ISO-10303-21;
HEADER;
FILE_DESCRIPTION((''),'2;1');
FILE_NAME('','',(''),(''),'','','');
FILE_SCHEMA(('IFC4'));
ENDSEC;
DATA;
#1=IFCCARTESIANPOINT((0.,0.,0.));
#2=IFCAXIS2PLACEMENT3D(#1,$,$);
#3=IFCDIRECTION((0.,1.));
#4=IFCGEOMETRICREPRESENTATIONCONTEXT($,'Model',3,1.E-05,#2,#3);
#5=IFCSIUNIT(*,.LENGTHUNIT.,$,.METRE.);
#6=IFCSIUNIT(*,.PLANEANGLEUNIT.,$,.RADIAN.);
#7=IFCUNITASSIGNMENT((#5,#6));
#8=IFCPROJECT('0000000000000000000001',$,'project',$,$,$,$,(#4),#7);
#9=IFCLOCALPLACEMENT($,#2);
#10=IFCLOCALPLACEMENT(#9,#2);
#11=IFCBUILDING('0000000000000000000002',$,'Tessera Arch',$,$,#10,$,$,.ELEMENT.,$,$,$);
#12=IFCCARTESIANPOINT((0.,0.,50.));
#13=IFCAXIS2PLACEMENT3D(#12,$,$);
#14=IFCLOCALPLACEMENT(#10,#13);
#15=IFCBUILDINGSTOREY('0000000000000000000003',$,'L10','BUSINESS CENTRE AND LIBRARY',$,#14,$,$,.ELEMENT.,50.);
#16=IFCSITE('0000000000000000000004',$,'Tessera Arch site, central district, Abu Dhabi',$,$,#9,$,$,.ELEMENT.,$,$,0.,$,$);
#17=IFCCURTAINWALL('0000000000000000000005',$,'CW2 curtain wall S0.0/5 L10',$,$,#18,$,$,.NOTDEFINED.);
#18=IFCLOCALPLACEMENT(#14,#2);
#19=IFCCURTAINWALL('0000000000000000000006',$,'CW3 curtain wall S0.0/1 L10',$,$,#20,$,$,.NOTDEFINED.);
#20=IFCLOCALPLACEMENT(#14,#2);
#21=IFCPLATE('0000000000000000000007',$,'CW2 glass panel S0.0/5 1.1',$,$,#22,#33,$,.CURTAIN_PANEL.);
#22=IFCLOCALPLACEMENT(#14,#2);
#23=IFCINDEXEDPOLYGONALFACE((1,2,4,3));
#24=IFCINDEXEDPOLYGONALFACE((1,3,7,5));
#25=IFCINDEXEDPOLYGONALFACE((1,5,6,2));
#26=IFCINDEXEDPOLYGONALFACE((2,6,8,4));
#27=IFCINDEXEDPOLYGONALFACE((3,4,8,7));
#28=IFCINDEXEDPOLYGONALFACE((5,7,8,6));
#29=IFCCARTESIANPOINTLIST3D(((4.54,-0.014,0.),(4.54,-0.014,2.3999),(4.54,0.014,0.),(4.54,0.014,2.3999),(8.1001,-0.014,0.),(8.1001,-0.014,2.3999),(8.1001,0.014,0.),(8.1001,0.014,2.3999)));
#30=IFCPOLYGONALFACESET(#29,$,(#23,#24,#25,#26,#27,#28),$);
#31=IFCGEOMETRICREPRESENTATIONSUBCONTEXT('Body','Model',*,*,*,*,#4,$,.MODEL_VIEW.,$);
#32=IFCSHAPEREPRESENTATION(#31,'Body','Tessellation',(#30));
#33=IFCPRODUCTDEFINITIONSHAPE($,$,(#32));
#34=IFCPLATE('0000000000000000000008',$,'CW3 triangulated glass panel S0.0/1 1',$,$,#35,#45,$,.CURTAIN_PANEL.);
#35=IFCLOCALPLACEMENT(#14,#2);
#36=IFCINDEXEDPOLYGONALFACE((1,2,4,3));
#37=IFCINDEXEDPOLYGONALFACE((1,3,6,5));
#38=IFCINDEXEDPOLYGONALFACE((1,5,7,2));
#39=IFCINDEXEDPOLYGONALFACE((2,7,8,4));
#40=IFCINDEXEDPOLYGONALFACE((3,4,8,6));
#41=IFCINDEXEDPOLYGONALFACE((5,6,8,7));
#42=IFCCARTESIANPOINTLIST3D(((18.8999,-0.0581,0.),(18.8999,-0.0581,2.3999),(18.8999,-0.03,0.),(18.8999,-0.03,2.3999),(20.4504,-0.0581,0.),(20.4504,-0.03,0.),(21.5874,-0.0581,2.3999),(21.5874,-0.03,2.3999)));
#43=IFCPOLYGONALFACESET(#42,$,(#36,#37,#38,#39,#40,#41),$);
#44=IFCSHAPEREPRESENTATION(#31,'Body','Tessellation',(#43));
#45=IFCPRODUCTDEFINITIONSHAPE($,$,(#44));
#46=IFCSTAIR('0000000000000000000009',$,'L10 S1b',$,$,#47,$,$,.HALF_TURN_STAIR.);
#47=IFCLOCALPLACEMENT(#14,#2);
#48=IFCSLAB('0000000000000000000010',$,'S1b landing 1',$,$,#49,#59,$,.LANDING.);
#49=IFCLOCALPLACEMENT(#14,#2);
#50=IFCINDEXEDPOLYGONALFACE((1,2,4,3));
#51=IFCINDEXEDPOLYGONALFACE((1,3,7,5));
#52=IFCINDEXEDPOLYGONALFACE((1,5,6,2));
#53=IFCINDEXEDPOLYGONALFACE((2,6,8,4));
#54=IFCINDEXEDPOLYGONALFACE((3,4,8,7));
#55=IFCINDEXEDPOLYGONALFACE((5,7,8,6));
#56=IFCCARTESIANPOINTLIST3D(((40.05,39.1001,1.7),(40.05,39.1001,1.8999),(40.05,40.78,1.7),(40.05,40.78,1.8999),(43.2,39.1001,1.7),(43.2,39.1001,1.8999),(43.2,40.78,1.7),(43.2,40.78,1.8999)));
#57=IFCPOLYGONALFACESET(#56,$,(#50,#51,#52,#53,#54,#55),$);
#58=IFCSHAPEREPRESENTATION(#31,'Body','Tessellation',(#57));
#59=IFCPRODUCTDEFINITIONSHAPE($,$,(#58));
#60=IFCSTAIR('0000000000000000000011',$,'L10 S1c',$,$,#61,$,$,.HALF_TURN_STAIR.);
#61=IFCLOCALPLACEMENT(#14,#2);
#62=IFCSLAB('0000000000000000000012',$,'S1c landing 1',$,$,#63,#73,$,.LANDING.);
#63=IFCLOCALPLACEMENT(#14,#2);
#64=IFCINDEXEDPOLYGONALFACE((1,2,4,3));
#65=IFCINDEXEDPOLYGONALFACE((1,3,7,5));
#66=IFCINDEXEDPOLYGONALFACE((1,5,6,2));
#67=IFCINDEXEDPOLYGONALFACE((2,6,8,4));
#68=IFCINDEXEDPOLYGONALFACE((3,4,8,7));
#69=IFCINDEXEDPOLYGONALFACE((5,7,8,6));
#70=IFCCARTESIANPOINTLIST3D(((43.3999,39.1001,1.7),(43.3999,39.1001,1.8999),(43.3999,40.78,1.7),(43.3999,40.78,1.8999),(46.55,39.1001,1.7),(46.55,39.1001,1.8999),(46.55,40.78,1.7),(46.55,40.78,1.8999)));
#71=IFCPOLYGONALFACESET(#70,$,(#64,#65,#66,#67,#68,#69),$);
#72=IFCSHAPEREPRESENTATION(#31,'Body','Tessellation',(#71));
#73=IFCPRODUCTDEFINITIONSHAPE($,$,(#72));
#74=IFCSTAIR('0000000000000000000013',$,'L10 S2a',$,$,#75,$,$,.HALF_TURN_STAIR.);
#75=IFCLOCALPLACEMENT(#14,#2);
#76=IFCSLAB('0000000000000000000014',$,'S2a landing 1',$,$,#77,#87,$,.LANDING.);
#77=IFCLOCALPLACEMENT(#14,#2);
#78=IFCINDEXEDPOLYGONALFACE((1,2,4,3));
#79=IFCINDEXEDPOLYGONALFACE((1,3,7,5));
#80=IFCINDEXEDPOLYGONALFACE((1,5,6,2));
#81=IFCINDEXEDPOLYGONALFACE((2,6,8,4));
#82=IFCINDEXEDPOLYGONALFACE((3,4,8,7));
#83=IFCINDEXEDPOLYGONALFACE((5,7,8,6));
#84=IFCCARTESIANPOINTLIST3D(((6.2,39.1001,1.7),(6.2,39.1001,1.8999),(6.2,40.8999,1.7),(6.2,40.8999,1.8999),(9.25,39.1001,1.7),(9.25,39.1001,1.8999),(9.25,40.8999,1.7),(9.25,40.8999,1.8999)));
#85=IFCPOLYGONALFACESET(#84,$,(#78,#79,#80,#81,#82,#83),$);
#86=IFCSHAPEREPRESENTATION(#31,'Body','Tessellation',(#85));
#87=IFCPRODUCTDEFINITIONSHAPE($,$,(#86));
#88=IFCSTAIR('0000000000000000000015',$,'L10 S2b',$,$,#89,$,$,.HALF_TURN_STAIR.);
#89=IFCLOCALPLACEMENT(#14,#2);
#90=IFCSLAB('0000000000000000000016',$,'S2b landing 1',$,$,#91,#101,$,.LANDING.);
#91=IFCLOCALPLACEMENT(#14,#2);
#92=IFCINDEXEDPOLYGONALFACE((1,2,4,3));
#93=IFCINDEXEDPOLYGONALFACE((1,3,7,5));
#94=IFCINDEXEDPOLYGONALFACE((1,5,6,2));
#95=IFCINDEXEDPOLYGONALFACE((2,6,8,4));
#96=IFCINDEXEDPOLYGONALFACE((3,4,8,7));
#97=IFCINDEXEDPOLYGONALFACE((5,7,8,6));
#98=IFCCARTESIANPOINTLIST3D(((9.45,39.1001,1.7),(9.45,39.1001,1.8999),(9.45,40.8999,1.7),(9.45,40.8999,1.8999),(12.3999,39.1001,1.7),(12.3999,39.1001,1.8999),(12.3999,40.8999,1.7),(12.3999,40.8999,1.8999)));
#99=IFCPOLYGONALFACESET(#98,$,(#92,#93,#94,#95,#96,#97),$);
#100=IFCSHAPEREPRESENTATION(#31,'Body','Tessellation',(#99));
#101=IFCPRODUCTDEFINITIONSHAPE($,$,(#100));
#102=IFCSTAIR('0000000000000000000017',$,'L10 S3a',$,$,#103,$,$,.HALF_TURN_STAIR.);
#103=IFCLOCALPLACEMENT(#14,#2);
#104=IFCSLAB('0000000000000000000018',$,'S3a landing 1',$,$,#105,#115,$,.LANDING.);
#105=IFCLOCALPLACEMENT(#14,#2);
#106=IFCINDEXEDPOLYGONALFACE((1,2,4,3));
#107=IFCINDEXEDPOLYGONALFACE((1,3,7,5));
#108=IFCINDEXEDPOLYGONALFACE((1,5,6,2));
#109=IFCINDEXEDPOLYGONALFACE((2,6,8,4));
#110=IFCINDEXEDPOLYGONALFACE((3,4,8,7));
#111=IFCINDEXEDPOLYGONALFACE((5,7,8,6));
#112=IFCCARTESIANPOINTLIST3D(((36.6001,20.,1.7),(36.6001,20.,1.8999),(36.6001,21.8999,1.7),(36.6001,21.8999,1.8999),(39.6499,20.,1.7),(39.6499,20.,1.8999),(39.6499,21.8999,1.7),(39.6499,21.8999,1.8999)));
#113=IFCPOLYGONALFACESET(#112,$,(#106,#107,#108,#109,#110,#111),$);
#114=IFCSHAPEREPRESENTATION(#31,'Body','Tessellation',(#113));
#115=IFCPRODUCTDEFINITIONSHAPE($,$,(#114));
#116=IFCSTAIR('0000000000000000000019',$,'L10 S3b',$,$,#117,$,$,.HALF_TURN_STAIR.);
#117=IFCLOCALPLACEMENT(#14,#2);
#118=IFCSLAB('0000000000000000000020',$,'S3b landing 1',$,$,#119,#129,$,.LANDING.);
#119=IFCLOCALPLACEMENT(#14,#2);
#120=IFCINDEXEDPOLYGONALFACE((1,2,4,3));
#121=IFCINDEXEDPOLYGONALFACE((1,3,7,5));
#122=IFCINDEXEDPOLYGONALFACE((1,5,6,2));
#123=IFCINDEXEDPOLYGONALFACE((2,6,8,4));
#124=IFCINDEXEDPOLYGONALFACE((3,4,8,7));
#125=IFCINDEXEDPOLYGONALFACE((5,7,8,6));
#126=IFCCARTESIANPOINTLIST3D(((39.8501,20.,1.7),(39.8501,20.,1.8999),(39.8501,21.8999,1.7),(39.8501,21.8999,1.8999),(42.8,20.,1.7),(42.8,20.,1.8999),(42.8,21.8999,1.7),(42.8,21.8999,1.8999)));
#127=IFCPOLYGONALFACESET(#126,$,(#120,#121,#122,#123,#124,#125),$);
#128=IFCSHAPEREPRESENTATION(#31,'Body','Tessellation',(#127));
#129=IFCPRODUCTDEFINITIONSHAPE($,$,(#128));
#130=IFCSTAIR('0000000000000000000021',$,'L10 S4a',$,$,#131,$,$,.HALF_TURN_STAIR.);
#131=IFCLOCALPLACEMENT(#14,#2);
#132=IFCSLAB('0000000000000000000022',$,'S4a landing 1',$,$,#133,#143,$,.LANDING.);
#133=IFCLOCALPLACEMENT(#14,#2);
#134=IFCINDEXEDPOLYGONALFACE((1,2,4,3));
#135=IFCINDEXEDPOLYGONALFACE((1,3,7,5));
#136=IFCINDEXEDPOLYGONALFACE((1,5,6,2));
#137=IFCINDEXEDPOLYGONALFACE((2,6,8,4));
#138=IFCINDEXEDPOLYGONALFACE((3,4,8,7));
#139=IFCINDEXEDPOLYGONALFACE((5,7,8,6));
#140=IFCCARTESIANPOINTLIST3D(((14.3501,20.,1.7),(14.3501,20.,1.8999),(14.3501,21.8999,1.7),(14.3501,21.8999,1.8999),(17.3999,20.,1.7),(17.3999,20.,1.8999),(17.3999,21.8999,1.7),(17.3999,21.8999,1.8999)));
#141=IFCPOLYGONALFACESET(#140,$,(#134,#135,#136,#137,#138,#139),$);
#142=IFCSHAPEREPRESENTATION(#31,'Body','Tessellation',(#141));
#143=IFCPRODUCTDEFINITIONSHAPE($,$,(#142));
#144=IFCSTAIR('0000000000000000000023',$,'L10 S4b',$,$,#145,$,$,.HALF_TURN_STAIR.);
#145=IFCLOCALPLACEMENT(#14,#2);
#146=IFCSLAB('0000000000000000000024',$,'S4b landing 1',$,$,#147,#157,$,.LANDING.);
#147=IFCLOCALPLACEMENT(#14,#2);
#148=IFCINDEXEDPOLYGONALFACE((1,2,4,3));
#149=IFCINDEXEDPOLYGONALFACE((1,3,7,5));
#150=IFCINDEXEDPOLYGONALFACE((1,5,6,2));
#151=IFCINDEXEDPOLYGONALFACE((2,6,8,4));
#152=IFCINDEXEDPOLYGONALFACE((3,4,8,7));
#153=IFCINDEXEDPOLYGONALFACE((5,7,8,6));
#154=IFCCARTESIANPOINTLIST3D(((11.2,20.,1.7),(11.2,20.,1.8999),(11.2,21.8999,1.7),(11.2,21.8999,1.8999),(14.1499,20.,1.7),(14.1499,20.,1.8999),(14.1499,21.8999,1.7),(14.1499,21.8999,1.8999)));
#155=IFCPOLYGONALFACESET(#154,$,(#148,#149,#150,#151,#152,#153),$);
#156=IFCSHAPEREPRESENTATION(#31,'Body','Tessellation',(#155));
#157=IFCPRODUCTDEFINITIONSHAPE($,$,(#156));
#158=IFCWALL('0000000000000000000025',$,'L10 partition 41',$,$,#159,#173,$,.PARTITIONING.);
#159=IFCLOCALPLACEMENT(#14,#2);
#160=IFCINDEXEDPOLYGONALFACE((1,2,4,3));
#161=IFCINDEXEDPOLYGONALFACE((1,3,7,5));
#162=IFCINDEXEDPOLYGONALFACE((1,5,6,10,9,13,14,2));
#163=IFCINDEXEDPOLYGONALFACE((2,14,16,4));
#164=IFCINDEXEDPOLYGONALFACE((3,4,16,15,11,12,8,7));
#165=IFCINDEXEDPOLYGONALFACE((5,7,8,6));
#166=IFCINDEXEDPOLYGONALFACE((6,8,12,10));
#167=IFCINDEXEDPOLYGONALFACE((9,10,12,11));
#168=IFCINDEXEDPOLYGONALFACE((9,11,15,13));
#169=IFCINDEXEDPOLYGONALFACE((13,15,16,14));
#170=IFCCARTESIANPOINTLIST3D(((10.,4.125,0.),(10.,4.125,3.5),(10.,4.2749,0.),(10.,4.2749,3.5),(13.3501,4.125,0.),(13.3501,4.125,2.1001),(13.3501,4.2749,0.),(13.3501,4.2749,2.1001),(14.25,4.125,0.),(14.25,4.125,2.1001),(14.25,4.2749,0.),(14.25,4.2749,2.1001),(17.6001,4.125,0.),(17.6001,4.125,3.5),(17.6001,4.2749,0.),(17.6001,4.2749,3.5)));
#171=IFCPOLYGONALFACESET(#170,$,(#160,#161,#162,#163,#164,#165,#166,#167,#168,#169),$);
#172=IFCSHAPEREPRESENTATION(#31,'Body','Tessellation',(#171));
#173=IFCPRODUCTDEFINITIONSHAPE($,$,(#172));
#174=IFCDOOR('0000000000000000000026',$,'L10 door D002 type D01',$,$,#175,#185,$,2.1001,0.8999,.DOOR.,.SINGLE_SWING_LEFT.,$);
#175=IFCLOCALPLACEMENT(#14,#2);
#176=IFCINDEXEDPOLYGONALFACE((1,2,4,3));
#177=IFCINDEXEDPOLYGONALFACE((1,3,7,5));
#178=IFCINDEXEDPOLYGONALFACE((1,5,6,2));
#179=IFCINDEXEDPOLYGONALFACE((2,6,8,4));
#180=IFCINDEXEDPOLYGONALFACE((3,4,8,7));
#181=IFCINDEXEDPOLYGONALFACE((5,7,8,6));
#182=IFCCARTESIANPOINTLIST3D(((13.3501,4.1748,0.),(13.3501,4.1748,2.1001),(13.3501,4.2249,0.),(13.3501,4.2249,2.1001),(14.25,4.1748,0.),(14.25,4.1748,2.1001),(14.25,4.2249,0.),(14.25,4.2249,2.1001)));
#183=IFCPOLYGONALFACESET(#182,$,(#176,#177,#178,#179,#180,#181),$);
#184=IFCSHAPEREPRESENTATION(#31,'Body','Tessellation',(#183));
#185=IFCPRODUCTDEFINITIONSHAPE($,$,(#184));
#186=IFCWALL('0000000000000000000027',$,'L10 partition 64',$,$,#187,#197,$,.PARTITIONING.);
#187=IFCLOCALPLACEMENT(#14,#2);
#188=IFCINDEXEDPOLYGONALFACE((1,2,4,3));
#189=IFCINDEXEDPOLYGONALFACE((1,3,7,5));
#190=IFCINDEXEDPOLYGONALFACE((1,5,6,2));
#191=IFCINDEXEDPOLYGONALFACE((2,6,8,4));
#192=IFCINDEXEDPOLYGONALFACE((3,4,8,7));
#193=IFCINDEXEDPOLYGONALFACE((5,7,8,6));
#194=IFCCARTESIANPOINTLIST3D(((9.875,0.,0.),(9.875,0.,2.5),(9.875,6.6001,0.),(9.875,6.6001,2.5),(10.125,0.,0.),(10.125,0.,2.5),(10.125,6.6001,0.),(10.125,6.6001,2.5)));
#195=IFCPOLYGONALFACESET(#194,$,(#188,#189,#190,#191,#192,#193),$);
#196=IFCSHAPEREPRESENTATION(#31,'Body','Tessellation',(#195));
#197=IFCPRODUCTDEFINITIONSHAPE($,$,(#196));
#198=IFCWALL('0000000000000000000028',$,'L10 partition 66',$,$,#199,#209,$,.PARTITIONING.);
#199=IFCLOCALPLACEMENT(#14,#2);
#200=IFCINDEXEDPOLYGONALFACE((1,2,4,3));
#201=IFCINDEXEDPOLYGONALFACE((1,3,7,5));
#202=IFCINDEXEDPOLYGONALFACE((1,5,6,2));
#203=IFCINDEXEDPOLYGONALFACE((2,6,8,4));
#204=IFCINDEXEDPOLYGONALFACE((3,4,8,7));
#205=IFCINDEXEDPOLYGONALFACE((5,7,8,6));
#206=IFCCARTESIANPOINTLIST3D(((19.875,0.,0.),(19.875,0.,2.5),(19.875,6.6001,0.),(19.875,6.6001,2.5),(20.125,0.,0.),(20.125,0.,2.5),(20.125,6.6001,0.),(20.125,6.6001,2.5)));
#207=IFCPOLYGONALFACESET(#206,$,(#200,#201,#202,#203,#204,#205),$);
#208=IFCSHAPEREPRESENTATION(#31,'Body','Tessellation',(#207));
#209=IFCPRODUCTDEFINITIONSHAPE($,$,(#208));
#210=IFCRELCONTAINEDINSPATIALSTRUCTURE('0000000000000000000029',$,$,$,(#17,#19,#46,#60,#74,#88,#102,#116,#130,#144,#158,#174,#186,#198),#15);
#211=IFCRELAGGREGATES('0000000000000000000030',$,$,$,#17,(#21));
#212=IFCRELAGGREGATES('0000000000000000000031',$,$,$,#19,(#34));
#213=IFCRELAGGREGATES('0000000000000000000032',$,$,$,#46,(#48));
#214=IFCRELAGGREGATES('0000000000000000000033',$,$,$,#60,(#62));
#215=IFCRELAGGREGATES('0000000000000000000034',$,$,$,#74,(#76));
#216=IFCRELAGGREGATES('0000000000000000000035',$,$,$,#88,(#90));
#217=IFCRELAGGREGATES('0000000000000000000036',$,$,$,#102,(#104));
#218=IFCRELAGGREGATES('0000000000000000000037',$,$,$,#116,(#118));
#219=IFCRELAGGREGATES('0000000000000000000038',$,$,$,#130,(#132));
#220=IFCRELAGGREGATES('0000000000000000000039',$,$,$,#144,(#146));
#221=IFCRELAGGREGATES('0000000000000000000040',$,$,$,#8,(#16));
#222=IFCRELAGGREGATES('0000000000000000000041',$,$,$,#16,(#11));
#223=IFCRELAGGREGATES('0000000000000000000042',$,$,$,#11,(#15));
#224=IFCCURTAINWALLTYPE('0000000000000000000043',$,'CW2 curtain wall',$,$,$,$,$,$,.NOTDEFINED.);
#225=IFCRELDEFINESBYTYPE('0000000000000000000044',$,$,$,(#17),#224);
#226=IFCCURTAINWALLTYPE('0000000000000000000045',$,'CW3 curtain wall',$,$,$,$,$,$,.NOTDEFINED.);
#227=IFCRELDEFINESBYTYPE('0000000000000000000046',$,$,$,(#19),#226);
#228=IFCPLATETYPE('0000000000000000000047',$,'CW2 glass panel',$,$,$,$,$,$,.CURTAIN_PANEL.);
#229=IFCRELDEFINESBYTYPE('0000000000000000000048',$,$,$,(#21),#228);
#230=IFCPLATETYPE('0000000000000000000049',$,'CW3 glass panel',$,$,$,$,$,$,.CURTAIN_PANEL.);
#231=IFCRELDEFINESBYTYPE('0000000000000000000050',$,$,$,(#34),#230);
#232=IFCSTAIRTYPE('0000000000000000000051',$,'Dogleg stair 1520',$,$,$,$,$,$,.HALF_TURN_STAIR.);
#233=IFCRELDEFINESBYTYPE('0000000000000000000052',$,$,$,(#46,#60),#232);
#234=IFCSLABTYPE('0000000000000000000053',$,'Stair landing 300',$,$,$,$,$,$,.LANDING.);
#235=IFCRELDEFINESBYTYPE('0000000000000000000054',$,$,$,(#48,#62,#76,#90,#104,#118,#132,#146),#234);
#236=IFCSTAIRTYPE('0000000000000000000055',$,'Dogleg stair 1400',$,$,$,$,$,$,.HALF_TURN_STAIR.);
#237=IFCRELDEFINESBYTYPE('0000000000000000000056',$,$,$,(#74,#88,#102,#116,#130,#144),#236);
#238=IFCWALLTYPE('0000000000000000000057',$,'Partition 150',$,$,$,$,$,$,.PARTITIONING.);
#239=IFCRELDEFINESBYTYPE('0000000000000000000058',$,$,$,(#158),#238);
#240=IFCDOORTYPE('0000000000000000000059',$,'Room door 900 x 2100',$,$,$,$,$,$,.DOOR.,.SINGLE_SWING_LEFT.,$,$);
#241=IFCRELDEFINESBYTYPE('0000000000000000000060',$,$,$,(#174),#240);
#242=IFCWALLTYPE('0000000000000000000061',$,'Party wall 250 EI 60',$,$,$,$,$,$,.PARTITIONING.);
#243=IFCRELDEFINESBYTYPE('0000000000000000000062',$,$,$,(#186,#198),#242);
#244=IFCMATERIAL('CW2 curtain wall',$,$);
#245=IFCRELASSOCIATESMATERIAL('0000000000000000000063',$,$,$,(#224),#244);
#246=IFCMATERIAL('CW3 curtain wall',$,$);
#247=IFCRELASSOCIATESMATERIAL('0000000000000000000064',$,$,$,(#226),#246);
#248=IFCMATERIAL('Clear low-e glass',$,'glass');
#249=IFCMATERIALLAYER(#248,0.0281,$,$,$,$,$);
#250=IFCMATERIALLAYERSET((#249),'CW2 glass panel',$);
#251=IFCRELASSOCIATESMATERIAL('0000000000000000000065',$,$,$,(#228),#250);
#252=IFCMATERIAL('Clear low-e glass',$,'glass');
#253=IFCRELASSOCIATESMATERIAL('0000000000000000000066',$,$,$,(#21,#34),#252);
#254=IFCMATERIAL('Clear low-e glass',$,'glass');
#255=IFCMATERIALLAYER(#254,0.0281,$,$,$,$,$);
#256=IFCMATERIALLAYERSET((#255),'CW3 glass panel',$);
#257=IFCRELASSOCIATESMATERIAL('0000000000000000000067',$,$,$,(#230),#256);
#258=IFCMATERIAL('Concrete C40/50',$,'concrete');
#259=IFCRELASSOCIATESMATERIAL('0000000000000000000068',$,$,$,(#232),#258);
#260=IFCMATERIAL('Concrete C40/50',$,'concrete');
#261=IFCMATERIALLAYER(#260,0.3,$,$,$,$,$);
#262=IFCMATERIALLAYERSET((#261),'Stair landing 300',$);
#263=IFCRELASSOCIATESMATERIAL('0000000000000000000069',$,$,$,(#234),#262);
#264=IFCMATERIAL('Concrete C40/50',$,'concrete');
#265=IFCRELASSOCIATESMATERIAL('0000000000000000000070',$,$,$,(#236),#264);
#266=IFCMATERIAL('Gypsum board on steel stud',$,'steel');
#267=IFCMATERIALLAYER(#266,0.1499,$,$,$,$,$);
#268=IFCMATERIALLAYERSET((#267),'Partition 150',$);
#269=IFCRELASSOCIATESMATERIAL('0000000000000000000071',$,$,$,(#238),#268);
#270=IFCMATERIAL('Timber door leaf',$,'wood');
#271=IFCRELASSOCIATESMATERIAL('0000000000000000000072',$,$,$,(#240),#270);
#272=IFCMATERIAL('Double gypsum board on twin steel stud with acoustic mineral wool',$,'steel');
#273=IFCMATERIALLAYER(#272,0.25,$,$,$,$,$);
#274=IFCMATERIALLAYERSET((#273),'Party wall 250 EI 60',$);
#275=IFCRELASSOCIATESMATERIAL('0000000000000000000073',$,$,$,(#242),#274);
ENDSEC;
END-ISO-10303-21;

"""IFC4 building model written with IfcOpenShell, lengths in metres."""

from ifc_helpers import new_model, si_unit, direction, frame, frame_2d, origin, origin_2d, place, context, subcontext, project, spatial, polyline, rectangle, outline, extrude, material, layer, layer_set, type_object, element, fill, aggregate, save


model = new_model("IFC4")

# Units and contexts
model_context = context("Model", 3, precision=1e-05, world=origin(), true_north=direction((0.0, 1.0)))
body_context = subcontext(model_context, "Body", "Model", "MODEL_VIEW")
ifc_project = project(units=[si_unit("LENGTHUNIT", "METRE"), si_unit("PLANEANGLEUNIT", "RADIAN")], contexts=[model_context])

# Site, building, storey
site_placement = place(None, origin())
site = spatial("IfcSite", under=ifc_project, at=site_placement, Name="Tessera Arch site, central district, Abu Dhabi", CompositionType="ELEMENT", RefElevation=0.0)
building_placement = place(site_placement, origin())
building = spatial("IfcBuilding", under=site, at=building_placement, Name="Tessera Arch", CompositionType="ELEMENT")
storey_placement = place(building_placement, frame((0.0, 0.0, 50.0)))
storey = spatial("IfcBuildingStorey", under=building, at=storey_placement, Name="L10", Description="BUSINESS CENTRE AND LIBRARY", CompositionType="ELEMENT", Elevation=50.0)

# Curtain walls
ifc_material_1 = material(Name="CW2 curtain wall")
curtain_wall_type_1 = type_object("IfcCurtainWallType", Name="CW2 curtain wall", PredefinedType="NOTDEFINED", material=ifc_material_1)
curtain_wall_1_placement = place(storey_placement, origin())
curtain_wall_1 = element("IfcCurtainWall", 1, at=curtain_wall_1_placement, inside=storey, type_object=curtain_wall_type_1, Name="CW2 curtain wall S0.0/5 L10", PredefinedType="NOTDEFINED")
ifc_material_2 = material(Name="CW3 curtain wall")
curtain_wall_type_2 = type_object("IfcCurtainWallType", Name="CW3 curtain wall", PredefinedType="NOTDEFINED", material=ifc_material_2)
curtain_wall_2_placement = place(storey_placement, origin())
curtain_wall_2 = element("IfcCurtainWall", 2, at=curtain_wall_2_placement, inside=storey, type_object=curtain_wall_type_2, Name="CW3 curtain wall S0.0/1 L10", PredefinedType="NOTDEFINED")

# Plates
ifc_material_3 = material(Name="Clear low-e glass", Category="glass")
ifc_material_4 = material(Name="Clear low-e glass", Category="glass")
ifc_layer_1 = layer(ifc_material_4, 0.0281)
ifc_layer_set_1 = layer_set([ifc_layer_1], Name="CW2 glass panel")
plate_type_1 = type_object("IfcPlateType", Name="CW2 glass panel", PredefinedType="CURTAIN_PANEL", material=ifc_layer_set_1)
plate_1_placement = place(storey_placement, frame((6.3201, 0.0, 0.0), z_axis=(0.0, 0.0, 1.0), x_axis=(1.0, 0.0, 0.0)))
plate_1 = element("IfcPlate", 3, at=plate_1_placement, type_object=plate_type_1, material=ifc_material_3, Name="CW2 glass panel S0.0/5 1.1", PredefinedType="CURTAIN_PANEL", context=body_context, shape_type="SweptSolid", body=[
    extrude(rectangle(XDim=3.5601, YDim=0.0281, at=origin_2d()), origin(), (0.0, 0.0, 1.0), 2.3999),
])
aggregate(curtain_wall_1, [plate_1])
ifc_material_5 = material(Name="Clear low-e glass", Category="glass")
ifc_layer_2 = layer(ifc_material_5, 0.0281)
ifc_layer_set_2 = layer_set([ifc_layer_2], Name="CW3 glass panel")
plate_type_2 = type_object("IfcPlateType", Name="CW3 glass panel", PredefinedType="CURTAIN_PANEL", material=ifc_layer_set_2)
plate_2_placement = place(storey_placement, frame((18.8999, -0.0581, 0.0), z_axis=(0.0, -1.0, 0.0), x_axis=(1.0, 0.0, 0.0)))
plate_2 = element("IfcPlate", 4, at=plate_2_placement, type_object=plate_type_2, material=ifc_material_3, Name="CW3 triangulated glass panel S0.0/1 1", PredefinedType="CURTAIN_PANEL", context=body_context, shape_type="SweptSolid", body=[
    extrude(outline(polyline([(0.0, 0.0), (1.5505, 0.0), (2.6875, 2.3999), (0.0, 2.3999), (0.0, 0.0)])), origin(), (0.0, 0.0, -1.0), 0.0281),
])
aggregate(curtain_wall_2, [plate_2])

# Stairs, slabs
ifc_material_6 = material(Name="Concrete C40/50", Category="concrete")
stair_type_1 = type_object("IfcStairType", Name="Dogleg stair 1520", PredefinedType="HALF_TURN_STAIR", material=ifc_material_6)
stair_1_placement = place(storey_placement, origin())
stair_1 = element("IfcStair", 5, at=stair_1_placement, inside=storey, type_object=stair_type_1, Name="L10 S1b", PredefinedType="HALF_TURN_STAIR")
ifc_material_7 = material(Name="Concrete C40/50", Category="concrete")
ifc_layer_3 = layer(ifc_material_7, 0.3)
ifc_layer_set_3 = layer_set([ifc_layer_3], Name="Stair landing 300")
slab_type = type_object("IfcSlabType", Name="Stair landing 300", PredefinedType="LANDING", material=ifc_layer_set_3)
slab_1_placement = place(storey_placement, frame((0.0, 0.0, 1.7)))
slab_1 = element("IfcSlab", 6, at=slab_1_placement, type_object=slab_type, Name="S1b landing 1", PredefinedType="LANDING", context=body_context, shape_type="SweptSolid", body=[
    extrude(outline(polyline([(40.05, 40.78), (40.05, 39.1001), (43.2, 39.1001), (43.2, 40.78), (40.05, 40.78)])), origin(), (0.0, 0.0, 1.0), 0.2),
])
aggregate(stair_1, [slab_1])
stair_2_placement = place(storey_placement, origin())
stair_2 = element("IfcStair", 7, at=stair_2_placement, inside=storey, type_object=stair_type_1, Name="L10 S1c", PredefinedType="HALF_TURN_STAIR")
slab_2_placement = place(storey_placement, frame((0.0, 0.0, 1.7)))
slab_2 = element("IfcSlab", 8, at=slab_2_placement, type_object=slab_type, Name="S1c landing 1", PredefinedType="LANDING", context=body_context, shape_type="SweptSolid", body=[
    extrude(outline(polyline([(43.3999, 40.78), (43.3999, 39.1001), (46.55, 39.1001), (46.55, 40.78), (43.3999, 40.78)])), origin(), (0.0, 0.0, 1.0), 0.2),
])
aggregate(stair_2, [slab_2])
ifc_material_8 = material(Name="Concrete C40/50", Category="concrete")
stair_type_2 = type_object("IfcStairType", Name="Dogleg stair 1400", PredefinedType="HALF_TURN_STAIR", material=ifc_material_8)
stair_3_placement = place(storey_placement, origin())
stair_3 = element("IfcStair", 9, at=stair_3_placement, inside=storey, type_object=stair_type_2, Name="L10 S2a", PredefinedType="HALF_TURN_STAIR")
slab_3_placement = place(storey_placement, frame((0.0, 0.0, 1.7)))
slab_3 = element("IfcSlab", 10, at=slab_3_placement, type_object=slab_type, Name="S2a landing 1", PredefinedType="LANDING", context=body_context, shape_type="SweptSolid", body=[
    extrude(outline(polyline([(6.2, 40.8999), (6.2, 39.1001), (9.25, 39.1001), (9.25, 40.8999), (6.2, 40.8999)])), origin(), (0.0, 0.0, 1.0), 0.2),
])
aggregate(stair_3, [slab_3])
stair_4_placement = place(storey_placement, origin())
stair_4 = element("IfcStair", 11, at=stair_4_placement, inside=storey, type_object=stair_type_2, Name="L10 S2b", PredefinedType="HALF_TURN_STAIR")
slab_4_placement = place(storey_placement, frame((0.0, 0.0, 1.7)))
slab_4 = element("IfcSlab", 12, at=slab_4_placement, type_object=slab_type, Name="S2b landing 1", PredefinedType="LANDING", context=body_context, shape_type="SweptSolid", body=[
    extrude(outline(polyline([(9.45, 40.8999), (9.45, 39.1001), (12.3999, 39.1001), (12.3999, 40.8999), (9.45, 40.8999)])), origin(), (0.0, 0.0, 1.0), 0.2),
])
aggregate(stair_4, [slab_4])
stair_5_placement = place(storey_placement, origin())
stair_5 = element("IfcStair", 13, at=stair_5_placement, inside=storey, type_object=stair_type_2, Name="L10 S3a", PredefinedType="HALF_TURN_STAIR")
slab_5_placement = place(storey_placement, frame((0.0, 0.0, 1.7)))
slab_5 = element("IfcSlab", 14, at=slab_5_placement, type_object=slab_type, Name="S3a landing 1", PredefinedType="LANDING", context=body_context, shape_type="SweptSolid", body=[
    extrude(outline(polyline([(39.6499, 20.0), (39.6499, 21.8999), (36.6001, 21.8999), (36.6001, 20.0), (39.6499, 20.0)])), origin(), (0.0, 0.0, 1.0), 0.2),
])
aggregate(stair_5, [slab_5])
stair_6_placement = place(storey_placement, origin())
stair_6 = element("IfcStair", 15, at=stair_6_placement, inside=storey, type_object=stair_type_2, Name="L10 S3b", PredefinedType="HALF_TURN_STAIR")
slab_6_placement = place(storey_placement, frame((0.0, 0.0, 1.7)))
slab_6 = element("IfcSlab", 16, at=slab_6_placement, type_object=slab_type, Name="S3b landing 1", PredefinedType="LANDING", context=body_context, shape_type="SweptSolid", body=[
    extrude(outline(polyline([(42.8, 20.0), (42.8, 21.8999), (39.8501, 21.8999), (39.8501, 20.0), (42.8, 20.0)])), origin(), (0.0, 0.0, 1.0), 0.2),
])
aggregate(stair_6, [slab_6])
stair_7_placement = place(storey_placement, origin())
stair_7 = element("IfcStair", 17, at=stair_7_placement, inside=storey, type_object=stair_type_2, Name="L10 S4a", PredefinedType="HALF_TURN_STAIR")
slab_7_placement = place(storey_placement, frame((0.0, 0.0, 1.7)))
slab_7 = element("IfcSlab", 18, at=slab_7_placement, type_object=slab_type, Name="S4a landing 1", PredefinedType="LANDING", context=body_context, shape_type="SweptSolid", body=[
    extrude(outline(polyline([(17.3999, 20.0), (17.3999, 21.8999), (14.3501, 21.8999), (14.3501, 20.0), (17.3999, 20.0)])), origin(), (0.0, 0.0, 1.0), 0.2),
])
aggregate(stair_7, [slab_7])
stair_8_placement = place(storey_placement, origin())
stair_8 = element("IfcStair", 19, at=stair_8_placement, inside=storey, type_object=stair_type_2, Name="L10 S4b", PredefinedType="HALF_TURN_STAIR")
slab_8_placement = place(storey_placement, frame((0.0, 0.0, 1.7)))
slab_8 = element("IfcSlab", 20, at=slab_8_placement, type_object=slab_type, Name="S4b landing 1", PredefinedType="LANDING", context=body_context, shape_type="SweptSolid", body=[
    extrude(outline(polyline([(14.1499, 20.0), (14.1499, 21.8999), (11.2, 21.8999), (11.2, 20.0), (14.1499, 20.0)])), origin(), (0.0, 0.0, 1.0), 0.2),
])
aggregate(stair_8, [slab_8])

# Wall, opening, door
ifc_material_9 = material(Name="Gypsum board on steel stud", Category="steel")
ifc_layer_4 = layer(ifc_material_9, 0.1499)
ifc_layer_set_4 = layer_set([ifc_layer_4], Name="Partition 150")
wall_type_1 = type_object("IfcWallType", Name="Partition 150", PredefinedType="PARTITIONING", material=ifc_layer_set_4)
wall_placement = place(storey_placement, frame((10.0, 4.2, 0.0), z_axis=(0.0, 0.0, 1.0), x_axis=(1.0, 0.0, 0.0)))
wall = element("IfcWall", 21, at=wall_placement, inside=storey, type_object=wall_type_1, Name="L10 partition 41", PredefinedType="PARTITIONING", context=body_context, shape_type="SweptSolid", body=[
    extrude(rectangle(XDim=7.6001, YDim=0.1499, at=frame_2d((3.8, 0.0))), origin(), (0.0, 0.0, 1.0), 3.5),
])
opening_placement = place(wall_placement, frame((3.3501, 0.0, 0.0)))
opening = element("IfcOpeningElement", 22, at=opening_placement, cuts=wall, PredefinedType="OPENING", context=body_context, shape_type="SweptSolid", body=[
    extrude(rectangle(XDim=0.8999, YDim=2.1001, at=frame_2d((0.45, 1.05))), frame((0.0, 0.085, 0.0), z_axis=(0.0, -1.0, 0.0), x_axis=(1.0, 0.0, 0.0)), (0.0, 0.0, 1.0), 0.1699),
])
ifc_material_10 = material(Name="Timber door leaf", Category="wood")
door_type = type_object("IfcDoorType", Name="Room door 900 x 2100", OperationType="SINGLE_SWING_LEFT", PredefinedType="DOOR", material=ifc_material_10)
door_placement = place(opening_placement, origin())
door = element("IfcDoor", 23, at=door_placement, inside=storey, type_object=door_type, Name="L10 door D002 type D01", OperationType="SINGLE_SWING_LEFT", OverallHeight=2.1001, OverallWidth=0.8999, PredefinedType="DOOR", context=body_context, shape_type="SweptSolid", body=[
    extrude(rectangle(XDim=0.8999, YDim=2.1001, at=frame_2d((0.45, 1.05))), frame((0.0, 0.0249, 0.0), z_axis=(0.0, -1.0, 0.0), x_axis=(1.0, 0.0, 0.0)), (0.0, 0.0, 1.0), 0.05),
])
fill(opening, door)

# Walls
ifc_material_11 = material(Name="Double gypsum board on twin steel stud with acoustic mineral wool", Category="steel")
ifc_layer_5 = layer(ifc_material_11, 0.25)
ifc_layer_set_5 = layer_set([ifc_layer_5], Name="Party wall 250 EI 60")
wall_type_2 = type_object("IfcWallType", Name="Party wall 250 EI 60", PredefinedType="PARTITIONING", material=ifc_layer_set_5)
for number, where, z_axis, x_axis, name in (
    (24, (10.0, 0.0, 0.0), (0.0, 0.0, 1.0), (0.0, 1.0, 0.0), "L10 partition 64"),
    (25, (20.0, 0.0, 0.0), (0.0, 0.0, 1.0), (0.0, 1.0, 0.0), "L10 partition 66"),
):
    element("IfcWall", number, at=place(storey_placement, frame(where, z_axis=z_axis, x_axis=x_axis)), inside=storey, type_object=wall_type_2, Name=name, PredefinedType="PARTITIONING", context=body_context, shape_type="SweptSolid", body=[
        extrude(rectangle(XDim=6.6001, YDim=0.25, at=frame_2d((3.3, 0.0))), origin(), (0.0, 0.0, 1.0), 2.5),
    ])

save(model, "model.ifc")
